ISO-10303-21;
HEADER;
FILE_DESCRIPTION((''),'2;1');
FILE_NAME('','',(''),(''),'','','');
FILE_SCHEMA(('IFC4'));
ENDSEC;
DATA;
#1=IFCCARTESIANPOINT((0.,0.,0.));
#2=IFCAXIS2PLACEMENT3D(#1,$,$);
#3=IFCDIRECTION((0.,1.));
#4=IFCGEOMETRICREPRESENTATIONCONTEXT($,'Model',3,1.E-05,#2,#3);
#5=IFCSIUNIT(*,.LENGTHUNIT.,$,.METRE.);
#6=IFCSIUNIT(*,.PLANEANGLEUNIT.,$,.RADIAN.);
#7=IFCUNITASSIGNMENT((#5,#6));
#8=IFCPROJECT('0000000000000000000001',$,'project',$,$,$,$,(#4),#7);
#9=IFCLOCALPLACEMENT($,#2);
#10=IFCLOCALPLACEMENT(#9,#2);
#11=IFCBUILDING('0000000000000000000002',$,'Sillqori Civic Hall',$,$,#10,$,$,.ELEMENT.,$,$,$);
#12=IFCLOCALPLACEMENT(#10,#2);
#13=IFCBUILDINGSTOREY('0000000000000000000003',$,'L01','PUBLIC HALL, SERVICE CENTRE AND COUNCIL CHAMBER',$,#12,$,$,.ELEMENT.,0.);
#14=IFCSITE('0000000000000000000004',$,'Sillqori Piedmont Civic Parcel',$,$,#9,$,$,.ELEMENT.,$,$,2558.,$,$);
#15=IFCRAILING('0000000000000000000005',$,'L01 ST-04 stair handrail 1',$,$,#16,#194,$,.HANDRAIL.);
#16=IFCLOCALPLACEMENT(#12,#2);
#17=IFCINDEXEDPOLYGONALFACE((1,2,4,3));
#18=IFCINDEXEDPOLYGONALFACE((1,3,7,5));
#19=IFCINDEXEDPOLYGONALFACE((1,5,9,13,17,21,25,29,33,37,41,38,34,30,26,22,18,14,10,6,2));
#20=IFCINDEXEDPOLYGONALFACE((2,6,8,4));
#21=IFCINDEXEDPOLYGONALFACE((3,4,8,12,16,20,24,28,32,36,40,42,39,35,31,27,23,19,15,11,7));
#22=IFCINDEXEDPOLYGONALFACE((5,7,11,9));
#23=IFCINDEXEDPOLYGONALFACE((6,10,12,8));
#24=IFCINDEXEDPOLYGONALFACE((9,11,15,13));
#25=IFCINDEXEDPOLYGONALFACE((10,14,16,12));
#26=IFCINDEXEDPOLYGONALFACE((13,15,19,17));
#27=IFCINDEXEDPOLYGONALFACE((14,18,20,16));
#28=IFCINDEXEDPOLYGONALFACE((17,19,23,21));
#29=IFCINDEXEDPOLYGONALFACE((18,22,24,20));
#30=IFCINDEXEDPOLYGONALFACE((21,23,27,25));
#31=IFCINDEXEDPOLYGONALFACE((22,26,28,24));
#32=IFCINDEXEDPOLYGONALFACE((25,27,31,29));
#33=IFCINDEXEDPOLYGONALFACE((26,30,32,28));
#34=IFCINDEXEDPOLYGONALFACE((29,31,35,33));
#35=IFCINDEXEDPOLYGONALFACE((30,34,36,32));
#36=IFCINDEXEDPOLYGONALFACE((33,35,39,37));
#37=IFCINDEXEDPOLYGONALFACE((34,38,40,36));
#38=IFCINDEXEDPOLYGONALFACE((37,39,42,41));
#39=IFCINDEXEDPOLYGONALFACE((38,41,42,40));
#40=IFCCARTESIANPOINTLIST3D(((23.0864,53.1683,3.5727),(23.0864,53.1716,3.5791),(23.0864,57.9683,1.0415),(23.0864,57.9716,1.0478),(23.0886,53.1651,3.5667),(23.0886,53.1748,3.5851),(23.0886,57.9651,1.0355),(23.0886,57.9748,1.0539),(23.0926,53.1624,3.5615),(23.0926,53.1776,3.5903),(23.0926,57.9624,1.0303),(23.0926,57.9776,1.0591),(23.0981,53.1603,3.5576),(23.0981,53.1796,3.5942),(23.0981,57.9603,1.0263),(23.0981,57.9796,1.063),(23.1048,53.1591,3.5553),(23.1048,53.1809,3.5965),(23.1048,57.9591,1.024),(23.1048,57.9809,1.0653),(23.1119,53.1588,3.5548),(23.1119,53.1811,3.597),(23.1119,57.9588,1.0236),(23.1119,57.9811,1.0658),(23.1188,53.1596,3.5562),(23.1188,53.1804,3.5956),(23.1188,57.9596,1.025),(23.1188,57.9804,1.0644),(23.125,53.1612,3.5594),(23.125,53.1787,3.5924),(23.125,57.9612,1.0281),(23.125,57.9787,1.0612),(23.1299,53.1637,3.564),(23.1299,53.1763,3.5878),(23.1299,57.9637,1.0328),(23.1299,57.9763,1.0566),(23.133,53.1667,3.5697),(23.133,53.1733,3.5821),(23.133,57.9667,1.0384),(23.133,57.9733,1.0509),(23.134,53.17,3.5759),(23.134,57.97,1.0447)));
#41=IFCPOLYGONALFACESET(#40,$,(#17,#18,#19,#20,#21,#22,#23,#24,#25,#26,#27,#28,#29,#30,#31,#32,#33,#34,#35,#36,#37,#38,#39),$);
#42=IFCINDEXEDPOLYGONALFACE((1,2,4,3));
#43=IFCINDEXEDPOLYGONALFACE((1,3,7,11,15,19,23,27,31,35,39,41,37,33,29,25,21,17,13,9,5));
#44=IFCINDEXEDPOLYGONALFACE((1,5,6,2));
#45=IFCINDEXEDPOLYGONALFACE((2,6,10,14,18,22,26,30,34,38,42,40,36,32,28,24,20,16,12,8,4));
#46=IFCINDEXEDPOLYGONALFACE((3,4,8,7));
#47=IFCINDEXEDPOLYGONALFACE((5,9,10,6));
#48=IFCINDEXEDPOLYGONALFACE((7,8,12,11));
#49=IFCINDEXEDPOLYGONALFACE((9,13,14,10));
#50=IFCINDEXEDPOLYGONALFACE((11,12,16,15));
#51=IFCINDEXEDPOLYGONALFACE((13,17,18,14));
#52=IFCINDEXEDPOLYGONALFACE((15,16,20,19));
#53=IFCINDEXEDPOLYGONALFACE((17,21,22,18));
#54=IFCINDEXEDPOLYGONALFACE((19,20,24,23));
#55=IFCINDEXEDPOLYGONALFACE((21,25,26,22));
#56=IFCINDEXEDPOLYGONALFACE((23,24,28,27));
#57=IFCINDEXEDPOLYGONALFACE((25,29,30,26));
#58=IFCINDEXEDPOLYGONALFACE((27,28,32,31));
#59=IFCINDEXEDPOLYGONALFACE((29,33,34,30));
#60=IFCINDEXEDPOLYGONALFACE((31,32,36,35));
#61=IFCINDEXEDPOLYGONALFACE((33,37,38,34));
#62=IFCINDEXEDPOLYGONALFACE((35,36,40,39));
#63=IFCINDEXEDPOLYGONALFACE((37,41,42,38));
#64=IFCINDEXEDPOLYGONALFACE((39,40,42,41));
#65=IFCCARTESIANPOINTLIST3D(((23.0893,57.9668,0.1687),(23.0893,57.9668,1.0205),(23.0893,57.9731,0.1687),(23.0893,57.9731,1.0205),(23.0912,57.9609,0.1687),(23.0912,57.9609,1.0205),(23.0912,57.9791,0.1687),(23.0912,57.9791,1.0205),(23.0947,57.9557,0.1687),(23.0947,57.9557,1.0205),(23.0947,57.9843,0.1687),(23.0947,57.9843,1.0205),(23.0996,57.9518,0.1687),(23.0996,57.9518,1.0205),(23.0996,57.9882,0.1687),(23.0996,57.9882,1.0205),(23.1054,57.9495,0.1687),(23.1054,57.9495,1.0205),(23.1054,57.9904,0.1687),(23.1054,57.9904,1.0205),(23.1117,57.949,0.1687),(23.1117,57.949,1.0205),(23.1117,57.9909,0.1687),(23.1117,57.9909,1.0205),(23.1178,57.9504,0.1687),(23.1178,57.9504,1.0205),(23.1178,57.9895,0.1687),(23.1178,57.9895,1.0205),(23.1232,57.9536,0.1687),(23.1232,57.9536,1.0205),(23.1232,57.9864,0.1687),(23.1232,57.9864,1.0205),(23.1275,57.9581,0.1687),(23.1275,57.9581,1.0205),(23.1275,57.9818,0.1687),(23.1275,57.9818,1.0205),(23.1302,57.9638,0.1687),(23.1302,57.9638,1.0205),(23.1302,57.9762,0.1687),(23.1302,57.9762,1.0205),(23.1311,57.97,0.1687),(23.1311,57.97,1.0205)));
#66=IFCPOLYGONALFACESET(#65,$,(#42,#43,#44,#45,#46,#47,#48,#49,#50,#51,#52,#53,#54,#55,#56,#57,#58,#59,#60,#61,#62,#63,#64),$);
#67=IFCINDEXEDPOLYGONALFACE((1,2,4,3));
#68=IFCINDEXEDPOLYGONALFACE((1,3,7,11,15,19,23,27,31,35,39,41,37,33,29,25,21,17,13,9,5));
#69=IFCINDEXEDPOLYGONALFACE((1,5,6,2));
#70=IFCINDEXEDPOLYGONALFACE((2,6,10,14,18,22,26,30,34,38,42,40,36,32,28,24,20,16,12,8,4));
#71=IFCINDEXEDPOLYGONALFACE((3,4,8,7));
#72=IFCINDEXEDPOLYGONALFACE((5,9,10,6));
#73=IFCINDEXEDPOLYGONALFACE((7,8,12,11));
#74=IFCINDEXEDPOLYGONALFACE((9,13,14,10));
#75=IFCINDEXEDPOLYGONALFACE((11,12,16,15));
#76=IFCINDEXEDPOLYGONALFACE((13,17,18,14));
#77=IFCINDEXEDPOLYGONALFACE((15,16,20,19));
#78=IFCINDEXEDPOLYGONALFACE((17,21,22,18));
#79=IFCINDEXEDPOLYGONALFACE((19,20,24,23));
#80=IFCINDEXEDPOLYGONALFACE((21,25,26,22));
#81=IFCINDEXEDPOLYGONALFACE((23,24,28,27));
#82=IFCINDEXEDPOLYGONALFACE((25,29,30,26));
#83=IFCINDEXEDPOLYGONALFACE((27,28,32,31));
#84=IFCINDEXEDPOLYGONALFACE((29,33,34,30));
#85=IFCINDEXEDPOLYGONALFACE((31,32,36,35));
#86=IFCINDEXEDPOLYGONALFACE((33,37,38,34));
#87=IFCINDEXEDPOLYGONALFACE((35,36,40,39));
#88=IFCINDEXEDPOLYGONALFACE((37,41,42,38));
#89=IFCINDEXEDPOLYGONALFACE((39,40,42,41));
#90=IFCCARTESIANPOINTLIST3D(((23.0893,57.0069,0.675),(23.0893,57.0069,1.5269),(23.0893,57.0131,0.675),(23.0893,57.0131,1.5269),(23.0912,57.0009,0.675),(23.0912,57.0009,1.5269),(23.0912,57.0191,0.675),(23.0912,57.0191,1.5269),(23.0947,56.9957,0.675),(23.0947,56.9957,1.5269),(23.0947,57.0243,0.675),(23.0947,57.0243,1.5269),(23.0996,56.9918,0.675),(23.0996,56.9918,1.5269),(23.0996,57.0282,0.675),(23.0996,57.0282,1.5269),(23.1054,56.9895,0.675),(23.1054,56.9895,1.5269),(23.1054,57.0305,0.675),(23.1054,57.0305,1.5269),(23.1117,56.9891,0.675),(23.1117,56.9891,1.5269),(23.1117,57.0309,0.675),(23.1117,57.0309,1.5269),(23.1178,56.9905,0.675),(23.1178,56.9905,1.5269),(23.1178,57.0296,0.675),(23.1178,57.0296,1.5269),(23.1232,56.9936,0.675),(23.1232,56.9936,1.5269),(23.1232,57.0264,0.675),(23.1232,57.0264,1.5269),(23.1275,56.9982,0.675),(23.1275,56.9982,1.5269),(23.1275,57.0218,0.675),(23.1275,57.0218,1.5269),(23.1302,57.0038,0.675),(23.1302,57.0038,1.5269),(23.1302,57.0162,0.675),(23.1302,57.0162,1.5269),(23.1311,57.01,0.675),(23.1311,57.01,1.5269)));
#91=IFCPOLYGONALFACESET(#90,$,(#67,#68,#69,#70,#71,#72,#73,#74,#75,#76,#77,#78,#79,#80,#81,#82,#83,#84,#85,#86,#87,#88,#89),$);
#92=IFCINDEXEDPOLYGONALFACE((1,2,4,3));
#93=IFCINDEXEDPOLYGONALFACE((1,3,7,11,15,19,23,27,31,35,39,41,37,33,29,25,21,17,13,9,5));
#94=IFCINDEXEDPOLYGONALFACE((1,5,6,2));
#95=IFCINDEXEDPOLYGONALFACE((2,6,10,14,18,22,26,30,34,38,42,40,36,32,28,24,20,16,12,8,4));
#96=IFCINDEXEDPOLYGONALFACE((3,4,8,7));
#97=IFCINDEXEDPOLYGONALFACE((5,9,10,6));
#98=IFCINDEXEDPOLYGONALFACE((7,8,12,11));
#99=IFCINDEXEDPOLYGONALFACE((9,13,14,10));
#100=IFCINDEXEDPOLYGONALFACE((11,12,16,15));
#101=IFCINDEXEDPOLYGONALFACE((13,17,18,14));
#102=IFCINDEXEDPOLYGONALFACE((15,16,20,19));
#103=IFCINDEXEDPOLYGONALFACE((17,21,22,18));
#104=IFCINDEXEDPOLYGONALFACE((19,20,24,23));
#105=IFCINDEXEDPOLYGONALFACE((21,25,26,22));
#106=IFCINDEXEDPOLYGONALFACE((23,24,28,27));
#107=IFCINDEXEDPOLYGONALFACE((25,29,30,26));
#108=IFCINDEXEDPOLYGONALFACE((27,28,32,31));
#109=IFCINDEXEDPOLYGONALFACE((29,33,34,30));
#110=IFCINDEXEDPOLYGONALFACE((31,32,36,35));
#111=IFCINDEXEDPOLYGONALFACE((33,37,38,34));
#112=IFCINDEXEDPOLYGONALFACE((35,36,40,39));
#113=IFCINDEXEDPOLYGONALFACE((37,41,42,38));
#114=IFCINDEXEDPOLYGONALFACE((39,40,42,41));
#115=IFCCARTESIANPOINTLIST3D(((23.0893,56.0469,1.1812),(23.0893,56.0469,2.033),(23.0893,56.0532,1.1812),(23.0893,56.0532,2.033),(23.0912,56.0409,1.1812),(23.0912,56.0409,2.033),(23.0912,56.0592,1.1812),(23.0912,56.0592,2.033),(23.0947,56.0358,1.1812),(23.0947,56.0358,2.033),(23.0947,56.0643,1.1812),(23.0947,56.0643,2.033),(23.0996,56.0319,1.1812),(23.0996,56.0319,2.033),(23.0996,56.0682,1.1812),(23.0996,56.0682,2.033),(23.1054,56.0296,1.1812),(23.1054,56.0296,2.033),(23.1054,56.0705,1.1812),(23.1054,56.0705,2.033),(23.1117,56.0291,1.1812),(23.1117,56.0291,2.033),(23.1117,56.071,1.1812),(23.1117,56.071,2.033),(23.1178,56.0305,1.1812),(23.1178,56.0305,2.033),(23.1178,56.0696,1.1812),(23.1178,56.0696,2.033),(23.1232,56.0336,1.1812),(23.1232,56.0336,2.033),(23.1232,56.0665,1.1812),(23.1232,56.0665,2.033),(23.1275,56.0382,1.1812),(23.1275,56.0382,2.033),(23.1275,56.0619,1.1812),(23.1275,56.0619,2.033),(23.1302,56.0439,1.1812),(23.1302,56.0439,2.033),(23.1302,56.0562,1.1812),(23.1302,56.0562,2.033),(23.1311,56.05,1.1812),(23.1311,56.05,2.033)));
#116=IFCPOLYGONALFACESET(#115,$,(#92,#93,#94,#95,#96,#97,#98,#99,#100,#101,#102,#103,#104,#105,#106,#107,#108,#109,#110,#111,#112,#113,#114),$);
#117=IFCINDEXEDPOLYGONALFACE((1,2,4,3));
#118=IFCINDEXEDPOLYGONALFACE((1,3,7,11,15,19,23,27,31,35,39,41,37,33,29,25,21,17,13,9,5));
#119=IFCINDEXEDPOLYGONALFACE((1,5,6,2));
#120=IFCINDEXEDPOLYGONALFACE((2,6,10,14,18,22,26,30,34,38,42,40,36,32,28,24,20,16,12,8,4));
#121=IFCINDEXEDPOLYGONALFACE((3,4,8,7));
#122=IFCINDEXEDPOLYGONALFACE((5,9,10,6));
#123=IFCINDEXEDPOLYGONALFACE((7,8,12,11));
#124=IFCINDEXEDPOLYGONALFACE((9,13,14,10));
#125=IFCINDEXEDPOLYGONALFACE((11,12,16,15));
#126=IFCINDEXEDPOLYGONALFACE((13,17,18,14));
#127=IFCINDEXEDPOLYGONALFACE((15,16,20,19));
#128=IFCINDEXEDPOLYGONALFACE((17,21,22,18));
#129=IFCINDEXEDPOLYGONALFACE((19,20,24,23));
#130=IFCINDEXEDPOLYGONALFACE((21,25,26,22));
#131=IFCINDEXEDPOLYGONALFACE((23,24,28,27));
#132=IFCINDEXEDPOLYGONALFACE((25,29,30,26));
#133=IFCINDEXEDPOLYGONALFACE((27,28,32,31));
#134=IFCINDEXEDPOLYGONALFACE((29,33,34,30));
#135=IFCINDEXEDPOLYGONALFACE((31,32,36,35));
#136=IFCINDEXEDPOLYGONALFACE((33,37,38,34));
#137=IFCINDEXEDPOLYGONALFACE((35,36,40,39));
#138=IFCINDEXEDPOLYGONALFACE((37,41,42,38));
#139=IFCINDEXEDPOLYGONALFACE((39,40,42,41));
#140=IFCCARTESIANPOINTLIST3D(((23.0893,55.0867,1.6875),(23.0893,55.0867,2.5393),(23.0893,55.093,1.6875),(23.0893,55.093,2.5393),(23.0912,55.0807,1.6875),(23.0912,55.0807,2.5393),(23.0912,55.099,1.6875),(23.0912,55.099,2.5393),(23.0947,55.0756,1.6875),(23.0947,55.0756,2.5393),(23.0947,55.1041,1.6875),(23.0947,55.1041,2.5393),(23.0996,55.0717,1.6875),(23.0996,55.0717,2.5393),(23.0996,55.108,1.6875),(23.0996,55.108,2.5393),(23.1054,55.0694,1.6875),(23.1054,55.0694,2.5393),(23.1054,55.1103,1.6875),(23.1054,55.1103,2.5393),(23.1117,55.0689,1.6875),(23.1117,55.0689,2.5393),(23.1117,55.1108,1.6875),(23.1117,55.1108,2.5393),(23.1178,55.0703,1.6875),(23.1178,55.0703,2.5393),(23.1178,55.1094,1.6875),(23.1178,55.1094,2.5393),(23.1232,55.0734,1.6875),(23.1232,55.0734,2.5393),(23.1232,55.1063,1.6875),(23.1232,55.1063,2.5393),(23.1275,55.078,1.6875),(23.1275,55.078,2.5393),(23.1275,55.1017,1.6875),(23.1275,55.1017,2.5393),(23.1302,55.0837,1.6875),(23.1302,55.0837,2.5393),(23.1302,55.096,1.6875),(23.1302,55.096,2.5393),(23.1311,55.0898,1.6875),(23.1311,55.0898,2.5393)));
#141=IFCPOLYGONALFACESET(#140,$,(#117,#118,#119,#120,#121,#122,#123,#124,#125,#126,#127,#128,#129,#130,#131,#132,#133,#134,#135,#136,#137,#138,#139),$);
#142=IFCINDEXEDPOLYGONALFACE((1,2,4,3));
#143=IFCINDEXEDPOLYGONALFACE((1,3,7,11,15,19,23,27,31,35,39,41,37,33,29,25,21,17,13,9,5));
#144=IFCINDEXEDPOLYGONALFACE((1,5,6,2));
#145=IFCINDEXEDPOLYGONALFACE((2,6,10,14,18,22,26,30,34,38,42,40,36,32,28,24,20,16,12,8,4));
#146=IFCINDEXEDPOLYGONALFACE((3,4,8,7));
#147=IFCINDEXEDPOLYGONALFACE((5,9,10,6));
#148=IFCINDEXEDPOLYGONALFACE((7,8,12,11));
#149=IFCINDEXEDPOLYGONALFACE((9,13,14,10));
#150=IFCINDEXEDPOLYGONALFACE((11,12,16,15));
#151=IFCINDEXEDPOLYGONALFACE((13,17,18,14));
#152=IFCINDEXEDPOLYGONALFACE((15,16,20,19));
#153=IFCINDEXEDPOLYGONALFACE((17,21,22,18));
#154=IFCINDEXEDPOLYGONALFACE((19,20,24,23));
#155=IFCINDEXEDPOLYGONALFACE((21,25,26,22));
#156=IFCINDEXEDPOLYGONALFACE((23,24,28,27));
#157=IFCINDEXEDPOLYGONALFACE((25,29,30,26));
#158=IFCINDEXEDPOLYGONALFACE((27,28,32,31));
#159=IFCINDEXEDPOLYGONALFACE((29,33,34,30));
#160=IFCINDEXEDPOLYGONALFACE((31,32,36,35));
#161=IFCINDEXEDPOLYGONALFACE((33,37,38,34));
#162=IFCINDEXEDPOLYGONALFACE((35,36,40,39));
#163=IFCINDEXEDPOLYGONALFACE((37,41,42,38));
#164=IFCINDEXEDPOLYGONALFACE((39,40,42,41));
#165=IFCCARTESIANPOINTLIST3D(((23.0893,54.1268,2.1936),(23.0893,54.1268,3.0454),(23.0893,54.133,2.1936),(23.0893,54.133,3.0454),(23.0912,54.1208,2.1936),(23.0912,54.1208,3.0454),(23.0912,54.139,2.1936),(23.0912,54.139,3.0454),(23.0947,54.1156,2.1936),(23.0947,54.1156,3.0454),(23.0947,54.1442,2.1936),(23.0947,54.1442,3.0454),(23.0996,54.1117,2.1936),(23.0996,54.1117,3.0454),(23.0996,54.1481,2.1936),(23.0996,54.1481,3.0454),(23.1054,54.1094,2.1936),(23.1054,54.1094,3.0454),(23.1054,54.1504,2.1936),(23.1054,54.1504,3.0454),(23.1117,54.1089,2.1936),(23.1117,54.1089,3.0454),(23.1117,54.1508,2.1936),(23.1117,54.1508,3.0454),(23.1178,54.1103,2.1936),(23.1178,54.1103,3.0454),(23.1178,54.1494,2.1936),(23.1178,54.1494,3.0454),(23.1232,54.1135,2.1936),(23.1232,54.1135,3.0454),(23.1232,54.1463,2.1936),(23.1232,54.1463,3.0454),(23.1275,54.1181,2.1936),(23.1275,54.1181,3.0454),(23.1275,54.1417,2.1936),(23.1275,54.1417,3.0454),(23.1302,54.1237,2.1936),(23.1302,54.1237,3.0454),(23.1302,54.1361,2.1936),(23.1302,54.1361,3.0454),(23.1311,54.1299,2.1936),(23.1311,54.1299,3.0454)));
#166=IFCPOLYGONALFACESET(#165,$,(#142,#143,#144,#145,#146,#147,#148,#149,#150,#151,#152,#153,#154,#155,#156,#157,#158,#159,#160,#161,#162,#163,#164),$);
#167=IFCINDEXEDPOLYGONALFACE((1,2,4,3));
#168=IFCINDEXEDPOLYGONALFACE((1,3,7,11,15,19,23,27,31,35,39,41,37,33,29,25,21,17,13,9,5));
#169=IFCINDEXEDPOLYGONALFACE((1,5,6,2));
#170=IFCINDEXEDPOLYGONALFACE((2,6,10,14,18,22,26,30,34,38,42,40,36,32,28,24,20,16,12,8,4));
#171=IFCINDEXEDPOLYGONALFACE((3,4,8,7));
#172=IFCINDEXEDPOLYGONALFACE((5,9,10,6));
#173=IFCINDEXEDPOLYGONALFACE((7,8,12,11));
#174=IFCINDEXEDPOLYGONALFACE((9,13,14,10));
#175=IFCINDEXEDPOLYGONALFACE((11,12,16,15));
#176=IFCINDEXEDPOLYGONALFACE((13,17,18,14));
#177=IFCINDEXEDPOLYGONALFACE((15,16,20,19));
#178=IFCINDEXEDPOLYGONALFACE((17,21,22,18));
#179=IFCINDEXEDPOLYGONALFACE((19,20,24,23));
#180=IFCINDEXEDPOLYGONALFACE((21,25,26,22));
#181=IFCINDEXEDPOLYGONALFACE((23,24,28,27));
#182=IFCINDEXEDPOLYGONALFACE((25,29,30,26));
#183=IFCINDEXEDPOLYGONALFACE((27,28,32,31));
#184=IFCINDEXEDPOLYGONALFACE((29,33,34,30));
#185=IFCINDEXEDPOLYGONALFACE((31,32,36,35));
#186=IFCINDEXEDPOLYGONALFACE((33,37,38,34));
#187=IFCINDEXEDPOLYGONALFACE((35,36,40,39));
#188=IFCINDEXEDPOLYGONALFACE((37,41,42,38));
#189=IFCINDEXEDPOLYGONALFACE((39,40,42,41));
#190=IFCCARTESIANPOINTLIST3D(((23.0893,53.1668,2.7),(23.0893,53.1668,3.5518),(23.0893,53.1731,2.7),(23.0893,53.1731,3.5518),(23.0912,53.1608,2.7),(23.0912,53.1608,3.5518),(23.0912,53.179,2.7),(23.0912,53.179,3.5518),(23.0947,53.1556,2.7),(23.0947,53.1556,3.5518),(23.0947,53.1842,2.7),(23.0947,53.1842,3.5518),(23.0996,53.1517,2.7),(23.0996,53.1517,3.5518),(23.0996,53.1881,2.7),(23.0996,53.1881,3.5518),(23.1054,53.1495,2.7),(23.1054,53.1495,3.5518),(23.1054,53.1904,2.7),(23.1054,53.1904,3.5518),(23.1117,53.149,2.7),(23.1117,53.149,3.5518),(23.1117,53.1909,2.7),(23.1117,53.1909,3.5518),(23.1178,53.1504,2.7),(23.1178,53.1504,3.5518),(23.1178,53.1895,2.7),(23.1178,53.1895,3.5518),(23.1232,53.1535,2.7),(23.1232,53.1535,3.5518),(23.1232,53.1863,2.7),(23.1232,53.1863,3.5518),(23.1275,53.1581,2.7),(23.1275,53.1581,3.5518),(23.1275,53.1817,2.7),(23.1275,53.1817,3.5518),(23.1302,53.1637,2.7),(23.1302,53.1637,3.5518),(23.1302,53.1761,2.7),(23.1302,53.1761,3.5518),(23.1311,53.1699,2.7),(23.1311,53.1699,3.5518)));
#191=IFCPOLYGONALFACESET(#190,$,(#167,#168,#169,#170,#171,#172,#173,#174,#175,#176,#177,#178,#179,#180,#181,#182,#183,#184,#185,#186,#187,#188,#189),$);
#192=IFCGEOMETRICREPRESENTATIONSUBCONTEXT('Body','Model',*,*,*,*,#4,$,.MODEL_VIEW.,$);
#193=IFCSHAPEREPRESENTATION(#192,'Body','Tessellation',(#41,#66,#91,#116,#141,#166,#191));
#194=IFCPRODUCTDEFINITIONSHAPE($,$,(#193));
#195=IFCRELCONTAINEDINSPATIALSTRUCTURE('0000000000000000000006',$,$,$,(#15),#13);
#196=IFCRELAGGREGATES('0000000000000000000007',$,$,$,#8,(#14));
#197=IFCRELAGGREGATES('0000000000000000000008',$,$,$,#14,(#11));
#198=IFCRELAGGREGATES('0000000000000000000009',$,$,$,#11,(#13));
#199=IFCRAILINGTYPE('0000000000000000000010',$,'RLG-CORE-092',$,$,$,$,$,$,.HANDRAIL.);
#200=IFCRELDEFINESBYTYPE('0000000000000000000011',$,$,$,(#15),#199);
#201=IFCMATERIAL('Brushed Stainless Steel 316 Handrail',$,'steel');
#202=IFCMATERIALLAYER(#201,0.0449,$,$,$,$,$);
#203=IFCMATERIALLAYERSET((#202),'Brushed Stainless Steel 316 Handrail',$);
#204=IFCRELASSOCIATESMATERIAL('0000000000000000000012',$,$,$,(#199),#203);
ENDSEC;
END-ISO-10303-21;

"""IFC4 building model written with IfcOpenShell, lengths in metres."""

from ifc_helpers import new_model, si_unit, direction, frame, origin, origin_2d, place, context, subcontext, project, spatial, circle, extrude, material, layer, layer_set, type_object, element, save


model = new_model("IFC4")

# Units and contexts
model_context = context("Model", 3, precision=1e-05, world=origin(), true_north=direction((0.0, 1.0)))
body_context = subcontext(model_context, "Body", "Model", "MODEL_VIEW")
ifc_project = project(units=[si_unit("LENGTHUNIT", "METRE"), si_unit("PLANEANGLEUNIT", "RADIAN")], contexts=[model_context])

# Site, building, storey
site_placement = place(None, origin())
site = spatial("IfcSite", under=ifc_project, at=site_placement, Name="Sillqori Piedmont Civic Parcel", CompositionType="ELEMENT", RefElevation=2558.0)
building_placement = place(site_placement, origin())
building = spatial("IfcBuilding", under=site, at=building_placement, Name="Sillqori Civic Hall", CompositionType="ELEMENT")
storey_placement = place(building_placement, origin())
storey = spatial("IfcBuildingStorey", under=building, at=storey_placement, Name="L01", Description="PUBLIC HALL, SERVICE CENTRE AND COUNCIL CHAMBER", CompositionType="ELEMENT", Elevation=0.0)

# Railing
ifc_material_1 = material(Name="Brushed Stainless Steel 316 Handrail", Category="steel")
ifc_layer_1 = layer(ifc_material_1, 0.0449)
ifc_layer_set_1 = layer_set([ifc_layer_1], Name="Brushed Stainless Steel 316 Handrail")
railing_type_1 = type_object("IfcRailingType", Name="RLG-CORE-092", PredefinedType="HANDRAIL", material=ifc_layer_set_1)
railing_1_placement = place(storey_placement, frame((23.1101, 57.97, 0.1687)))
element("IfcRailing", 1, at=railing_1_placement, inside=storey, type_object=railing_type_1, Name="L01 ST-04 stair handrail 1", PredefinedType="HANDRAIL", context=body_context, shape_type="SweptSolid", body=[
    extrude(circle(Radius=0.0239, at=origin_2d()), frame((0.0, 0.0, 0.876), z_axis=(0.0, -0.884545, 0.466455), x_axis=(1.0, 0.0, 0.0)), (0.0, 0.0, 1.0), 5.4265),
    extrude(circle(Radius=0.021, at=origin_2d()), origin(), (0.0, 0.0, 1.0), 0.8518),
    extrude(circle(Radius=0.021, at=origin_2d()), frame((0.0, -0.96, 0.5063)), (0.0, 0.0, 1.0), 0.8518),
    extrude(circle(Radius=0.021, at=origin_2d()), frame((0.0, -1.9199, 1.0125)), (0.0, 0.0, 1.0), 0.8518),
    extrude(circle(Radius=0.021, at=origin_2d()), frame((0.0, -2.8801, 1.5188)), (0.0, 0.0, 1.0), 0.8518),
    extrude(circle(Radius=0.021, at=origin_2d()), frame((0.0, -3.8401, 2.0249)), (0.0, 0.0, 1.0), 0.8518),
    extrude(circle(Radius=0.021, at=origin_2d()), frame((0.0, -4.8, 2.5312)), (0.0, 0.0, 1.0), 0.8518),
])

save(model, "model.ifc")
